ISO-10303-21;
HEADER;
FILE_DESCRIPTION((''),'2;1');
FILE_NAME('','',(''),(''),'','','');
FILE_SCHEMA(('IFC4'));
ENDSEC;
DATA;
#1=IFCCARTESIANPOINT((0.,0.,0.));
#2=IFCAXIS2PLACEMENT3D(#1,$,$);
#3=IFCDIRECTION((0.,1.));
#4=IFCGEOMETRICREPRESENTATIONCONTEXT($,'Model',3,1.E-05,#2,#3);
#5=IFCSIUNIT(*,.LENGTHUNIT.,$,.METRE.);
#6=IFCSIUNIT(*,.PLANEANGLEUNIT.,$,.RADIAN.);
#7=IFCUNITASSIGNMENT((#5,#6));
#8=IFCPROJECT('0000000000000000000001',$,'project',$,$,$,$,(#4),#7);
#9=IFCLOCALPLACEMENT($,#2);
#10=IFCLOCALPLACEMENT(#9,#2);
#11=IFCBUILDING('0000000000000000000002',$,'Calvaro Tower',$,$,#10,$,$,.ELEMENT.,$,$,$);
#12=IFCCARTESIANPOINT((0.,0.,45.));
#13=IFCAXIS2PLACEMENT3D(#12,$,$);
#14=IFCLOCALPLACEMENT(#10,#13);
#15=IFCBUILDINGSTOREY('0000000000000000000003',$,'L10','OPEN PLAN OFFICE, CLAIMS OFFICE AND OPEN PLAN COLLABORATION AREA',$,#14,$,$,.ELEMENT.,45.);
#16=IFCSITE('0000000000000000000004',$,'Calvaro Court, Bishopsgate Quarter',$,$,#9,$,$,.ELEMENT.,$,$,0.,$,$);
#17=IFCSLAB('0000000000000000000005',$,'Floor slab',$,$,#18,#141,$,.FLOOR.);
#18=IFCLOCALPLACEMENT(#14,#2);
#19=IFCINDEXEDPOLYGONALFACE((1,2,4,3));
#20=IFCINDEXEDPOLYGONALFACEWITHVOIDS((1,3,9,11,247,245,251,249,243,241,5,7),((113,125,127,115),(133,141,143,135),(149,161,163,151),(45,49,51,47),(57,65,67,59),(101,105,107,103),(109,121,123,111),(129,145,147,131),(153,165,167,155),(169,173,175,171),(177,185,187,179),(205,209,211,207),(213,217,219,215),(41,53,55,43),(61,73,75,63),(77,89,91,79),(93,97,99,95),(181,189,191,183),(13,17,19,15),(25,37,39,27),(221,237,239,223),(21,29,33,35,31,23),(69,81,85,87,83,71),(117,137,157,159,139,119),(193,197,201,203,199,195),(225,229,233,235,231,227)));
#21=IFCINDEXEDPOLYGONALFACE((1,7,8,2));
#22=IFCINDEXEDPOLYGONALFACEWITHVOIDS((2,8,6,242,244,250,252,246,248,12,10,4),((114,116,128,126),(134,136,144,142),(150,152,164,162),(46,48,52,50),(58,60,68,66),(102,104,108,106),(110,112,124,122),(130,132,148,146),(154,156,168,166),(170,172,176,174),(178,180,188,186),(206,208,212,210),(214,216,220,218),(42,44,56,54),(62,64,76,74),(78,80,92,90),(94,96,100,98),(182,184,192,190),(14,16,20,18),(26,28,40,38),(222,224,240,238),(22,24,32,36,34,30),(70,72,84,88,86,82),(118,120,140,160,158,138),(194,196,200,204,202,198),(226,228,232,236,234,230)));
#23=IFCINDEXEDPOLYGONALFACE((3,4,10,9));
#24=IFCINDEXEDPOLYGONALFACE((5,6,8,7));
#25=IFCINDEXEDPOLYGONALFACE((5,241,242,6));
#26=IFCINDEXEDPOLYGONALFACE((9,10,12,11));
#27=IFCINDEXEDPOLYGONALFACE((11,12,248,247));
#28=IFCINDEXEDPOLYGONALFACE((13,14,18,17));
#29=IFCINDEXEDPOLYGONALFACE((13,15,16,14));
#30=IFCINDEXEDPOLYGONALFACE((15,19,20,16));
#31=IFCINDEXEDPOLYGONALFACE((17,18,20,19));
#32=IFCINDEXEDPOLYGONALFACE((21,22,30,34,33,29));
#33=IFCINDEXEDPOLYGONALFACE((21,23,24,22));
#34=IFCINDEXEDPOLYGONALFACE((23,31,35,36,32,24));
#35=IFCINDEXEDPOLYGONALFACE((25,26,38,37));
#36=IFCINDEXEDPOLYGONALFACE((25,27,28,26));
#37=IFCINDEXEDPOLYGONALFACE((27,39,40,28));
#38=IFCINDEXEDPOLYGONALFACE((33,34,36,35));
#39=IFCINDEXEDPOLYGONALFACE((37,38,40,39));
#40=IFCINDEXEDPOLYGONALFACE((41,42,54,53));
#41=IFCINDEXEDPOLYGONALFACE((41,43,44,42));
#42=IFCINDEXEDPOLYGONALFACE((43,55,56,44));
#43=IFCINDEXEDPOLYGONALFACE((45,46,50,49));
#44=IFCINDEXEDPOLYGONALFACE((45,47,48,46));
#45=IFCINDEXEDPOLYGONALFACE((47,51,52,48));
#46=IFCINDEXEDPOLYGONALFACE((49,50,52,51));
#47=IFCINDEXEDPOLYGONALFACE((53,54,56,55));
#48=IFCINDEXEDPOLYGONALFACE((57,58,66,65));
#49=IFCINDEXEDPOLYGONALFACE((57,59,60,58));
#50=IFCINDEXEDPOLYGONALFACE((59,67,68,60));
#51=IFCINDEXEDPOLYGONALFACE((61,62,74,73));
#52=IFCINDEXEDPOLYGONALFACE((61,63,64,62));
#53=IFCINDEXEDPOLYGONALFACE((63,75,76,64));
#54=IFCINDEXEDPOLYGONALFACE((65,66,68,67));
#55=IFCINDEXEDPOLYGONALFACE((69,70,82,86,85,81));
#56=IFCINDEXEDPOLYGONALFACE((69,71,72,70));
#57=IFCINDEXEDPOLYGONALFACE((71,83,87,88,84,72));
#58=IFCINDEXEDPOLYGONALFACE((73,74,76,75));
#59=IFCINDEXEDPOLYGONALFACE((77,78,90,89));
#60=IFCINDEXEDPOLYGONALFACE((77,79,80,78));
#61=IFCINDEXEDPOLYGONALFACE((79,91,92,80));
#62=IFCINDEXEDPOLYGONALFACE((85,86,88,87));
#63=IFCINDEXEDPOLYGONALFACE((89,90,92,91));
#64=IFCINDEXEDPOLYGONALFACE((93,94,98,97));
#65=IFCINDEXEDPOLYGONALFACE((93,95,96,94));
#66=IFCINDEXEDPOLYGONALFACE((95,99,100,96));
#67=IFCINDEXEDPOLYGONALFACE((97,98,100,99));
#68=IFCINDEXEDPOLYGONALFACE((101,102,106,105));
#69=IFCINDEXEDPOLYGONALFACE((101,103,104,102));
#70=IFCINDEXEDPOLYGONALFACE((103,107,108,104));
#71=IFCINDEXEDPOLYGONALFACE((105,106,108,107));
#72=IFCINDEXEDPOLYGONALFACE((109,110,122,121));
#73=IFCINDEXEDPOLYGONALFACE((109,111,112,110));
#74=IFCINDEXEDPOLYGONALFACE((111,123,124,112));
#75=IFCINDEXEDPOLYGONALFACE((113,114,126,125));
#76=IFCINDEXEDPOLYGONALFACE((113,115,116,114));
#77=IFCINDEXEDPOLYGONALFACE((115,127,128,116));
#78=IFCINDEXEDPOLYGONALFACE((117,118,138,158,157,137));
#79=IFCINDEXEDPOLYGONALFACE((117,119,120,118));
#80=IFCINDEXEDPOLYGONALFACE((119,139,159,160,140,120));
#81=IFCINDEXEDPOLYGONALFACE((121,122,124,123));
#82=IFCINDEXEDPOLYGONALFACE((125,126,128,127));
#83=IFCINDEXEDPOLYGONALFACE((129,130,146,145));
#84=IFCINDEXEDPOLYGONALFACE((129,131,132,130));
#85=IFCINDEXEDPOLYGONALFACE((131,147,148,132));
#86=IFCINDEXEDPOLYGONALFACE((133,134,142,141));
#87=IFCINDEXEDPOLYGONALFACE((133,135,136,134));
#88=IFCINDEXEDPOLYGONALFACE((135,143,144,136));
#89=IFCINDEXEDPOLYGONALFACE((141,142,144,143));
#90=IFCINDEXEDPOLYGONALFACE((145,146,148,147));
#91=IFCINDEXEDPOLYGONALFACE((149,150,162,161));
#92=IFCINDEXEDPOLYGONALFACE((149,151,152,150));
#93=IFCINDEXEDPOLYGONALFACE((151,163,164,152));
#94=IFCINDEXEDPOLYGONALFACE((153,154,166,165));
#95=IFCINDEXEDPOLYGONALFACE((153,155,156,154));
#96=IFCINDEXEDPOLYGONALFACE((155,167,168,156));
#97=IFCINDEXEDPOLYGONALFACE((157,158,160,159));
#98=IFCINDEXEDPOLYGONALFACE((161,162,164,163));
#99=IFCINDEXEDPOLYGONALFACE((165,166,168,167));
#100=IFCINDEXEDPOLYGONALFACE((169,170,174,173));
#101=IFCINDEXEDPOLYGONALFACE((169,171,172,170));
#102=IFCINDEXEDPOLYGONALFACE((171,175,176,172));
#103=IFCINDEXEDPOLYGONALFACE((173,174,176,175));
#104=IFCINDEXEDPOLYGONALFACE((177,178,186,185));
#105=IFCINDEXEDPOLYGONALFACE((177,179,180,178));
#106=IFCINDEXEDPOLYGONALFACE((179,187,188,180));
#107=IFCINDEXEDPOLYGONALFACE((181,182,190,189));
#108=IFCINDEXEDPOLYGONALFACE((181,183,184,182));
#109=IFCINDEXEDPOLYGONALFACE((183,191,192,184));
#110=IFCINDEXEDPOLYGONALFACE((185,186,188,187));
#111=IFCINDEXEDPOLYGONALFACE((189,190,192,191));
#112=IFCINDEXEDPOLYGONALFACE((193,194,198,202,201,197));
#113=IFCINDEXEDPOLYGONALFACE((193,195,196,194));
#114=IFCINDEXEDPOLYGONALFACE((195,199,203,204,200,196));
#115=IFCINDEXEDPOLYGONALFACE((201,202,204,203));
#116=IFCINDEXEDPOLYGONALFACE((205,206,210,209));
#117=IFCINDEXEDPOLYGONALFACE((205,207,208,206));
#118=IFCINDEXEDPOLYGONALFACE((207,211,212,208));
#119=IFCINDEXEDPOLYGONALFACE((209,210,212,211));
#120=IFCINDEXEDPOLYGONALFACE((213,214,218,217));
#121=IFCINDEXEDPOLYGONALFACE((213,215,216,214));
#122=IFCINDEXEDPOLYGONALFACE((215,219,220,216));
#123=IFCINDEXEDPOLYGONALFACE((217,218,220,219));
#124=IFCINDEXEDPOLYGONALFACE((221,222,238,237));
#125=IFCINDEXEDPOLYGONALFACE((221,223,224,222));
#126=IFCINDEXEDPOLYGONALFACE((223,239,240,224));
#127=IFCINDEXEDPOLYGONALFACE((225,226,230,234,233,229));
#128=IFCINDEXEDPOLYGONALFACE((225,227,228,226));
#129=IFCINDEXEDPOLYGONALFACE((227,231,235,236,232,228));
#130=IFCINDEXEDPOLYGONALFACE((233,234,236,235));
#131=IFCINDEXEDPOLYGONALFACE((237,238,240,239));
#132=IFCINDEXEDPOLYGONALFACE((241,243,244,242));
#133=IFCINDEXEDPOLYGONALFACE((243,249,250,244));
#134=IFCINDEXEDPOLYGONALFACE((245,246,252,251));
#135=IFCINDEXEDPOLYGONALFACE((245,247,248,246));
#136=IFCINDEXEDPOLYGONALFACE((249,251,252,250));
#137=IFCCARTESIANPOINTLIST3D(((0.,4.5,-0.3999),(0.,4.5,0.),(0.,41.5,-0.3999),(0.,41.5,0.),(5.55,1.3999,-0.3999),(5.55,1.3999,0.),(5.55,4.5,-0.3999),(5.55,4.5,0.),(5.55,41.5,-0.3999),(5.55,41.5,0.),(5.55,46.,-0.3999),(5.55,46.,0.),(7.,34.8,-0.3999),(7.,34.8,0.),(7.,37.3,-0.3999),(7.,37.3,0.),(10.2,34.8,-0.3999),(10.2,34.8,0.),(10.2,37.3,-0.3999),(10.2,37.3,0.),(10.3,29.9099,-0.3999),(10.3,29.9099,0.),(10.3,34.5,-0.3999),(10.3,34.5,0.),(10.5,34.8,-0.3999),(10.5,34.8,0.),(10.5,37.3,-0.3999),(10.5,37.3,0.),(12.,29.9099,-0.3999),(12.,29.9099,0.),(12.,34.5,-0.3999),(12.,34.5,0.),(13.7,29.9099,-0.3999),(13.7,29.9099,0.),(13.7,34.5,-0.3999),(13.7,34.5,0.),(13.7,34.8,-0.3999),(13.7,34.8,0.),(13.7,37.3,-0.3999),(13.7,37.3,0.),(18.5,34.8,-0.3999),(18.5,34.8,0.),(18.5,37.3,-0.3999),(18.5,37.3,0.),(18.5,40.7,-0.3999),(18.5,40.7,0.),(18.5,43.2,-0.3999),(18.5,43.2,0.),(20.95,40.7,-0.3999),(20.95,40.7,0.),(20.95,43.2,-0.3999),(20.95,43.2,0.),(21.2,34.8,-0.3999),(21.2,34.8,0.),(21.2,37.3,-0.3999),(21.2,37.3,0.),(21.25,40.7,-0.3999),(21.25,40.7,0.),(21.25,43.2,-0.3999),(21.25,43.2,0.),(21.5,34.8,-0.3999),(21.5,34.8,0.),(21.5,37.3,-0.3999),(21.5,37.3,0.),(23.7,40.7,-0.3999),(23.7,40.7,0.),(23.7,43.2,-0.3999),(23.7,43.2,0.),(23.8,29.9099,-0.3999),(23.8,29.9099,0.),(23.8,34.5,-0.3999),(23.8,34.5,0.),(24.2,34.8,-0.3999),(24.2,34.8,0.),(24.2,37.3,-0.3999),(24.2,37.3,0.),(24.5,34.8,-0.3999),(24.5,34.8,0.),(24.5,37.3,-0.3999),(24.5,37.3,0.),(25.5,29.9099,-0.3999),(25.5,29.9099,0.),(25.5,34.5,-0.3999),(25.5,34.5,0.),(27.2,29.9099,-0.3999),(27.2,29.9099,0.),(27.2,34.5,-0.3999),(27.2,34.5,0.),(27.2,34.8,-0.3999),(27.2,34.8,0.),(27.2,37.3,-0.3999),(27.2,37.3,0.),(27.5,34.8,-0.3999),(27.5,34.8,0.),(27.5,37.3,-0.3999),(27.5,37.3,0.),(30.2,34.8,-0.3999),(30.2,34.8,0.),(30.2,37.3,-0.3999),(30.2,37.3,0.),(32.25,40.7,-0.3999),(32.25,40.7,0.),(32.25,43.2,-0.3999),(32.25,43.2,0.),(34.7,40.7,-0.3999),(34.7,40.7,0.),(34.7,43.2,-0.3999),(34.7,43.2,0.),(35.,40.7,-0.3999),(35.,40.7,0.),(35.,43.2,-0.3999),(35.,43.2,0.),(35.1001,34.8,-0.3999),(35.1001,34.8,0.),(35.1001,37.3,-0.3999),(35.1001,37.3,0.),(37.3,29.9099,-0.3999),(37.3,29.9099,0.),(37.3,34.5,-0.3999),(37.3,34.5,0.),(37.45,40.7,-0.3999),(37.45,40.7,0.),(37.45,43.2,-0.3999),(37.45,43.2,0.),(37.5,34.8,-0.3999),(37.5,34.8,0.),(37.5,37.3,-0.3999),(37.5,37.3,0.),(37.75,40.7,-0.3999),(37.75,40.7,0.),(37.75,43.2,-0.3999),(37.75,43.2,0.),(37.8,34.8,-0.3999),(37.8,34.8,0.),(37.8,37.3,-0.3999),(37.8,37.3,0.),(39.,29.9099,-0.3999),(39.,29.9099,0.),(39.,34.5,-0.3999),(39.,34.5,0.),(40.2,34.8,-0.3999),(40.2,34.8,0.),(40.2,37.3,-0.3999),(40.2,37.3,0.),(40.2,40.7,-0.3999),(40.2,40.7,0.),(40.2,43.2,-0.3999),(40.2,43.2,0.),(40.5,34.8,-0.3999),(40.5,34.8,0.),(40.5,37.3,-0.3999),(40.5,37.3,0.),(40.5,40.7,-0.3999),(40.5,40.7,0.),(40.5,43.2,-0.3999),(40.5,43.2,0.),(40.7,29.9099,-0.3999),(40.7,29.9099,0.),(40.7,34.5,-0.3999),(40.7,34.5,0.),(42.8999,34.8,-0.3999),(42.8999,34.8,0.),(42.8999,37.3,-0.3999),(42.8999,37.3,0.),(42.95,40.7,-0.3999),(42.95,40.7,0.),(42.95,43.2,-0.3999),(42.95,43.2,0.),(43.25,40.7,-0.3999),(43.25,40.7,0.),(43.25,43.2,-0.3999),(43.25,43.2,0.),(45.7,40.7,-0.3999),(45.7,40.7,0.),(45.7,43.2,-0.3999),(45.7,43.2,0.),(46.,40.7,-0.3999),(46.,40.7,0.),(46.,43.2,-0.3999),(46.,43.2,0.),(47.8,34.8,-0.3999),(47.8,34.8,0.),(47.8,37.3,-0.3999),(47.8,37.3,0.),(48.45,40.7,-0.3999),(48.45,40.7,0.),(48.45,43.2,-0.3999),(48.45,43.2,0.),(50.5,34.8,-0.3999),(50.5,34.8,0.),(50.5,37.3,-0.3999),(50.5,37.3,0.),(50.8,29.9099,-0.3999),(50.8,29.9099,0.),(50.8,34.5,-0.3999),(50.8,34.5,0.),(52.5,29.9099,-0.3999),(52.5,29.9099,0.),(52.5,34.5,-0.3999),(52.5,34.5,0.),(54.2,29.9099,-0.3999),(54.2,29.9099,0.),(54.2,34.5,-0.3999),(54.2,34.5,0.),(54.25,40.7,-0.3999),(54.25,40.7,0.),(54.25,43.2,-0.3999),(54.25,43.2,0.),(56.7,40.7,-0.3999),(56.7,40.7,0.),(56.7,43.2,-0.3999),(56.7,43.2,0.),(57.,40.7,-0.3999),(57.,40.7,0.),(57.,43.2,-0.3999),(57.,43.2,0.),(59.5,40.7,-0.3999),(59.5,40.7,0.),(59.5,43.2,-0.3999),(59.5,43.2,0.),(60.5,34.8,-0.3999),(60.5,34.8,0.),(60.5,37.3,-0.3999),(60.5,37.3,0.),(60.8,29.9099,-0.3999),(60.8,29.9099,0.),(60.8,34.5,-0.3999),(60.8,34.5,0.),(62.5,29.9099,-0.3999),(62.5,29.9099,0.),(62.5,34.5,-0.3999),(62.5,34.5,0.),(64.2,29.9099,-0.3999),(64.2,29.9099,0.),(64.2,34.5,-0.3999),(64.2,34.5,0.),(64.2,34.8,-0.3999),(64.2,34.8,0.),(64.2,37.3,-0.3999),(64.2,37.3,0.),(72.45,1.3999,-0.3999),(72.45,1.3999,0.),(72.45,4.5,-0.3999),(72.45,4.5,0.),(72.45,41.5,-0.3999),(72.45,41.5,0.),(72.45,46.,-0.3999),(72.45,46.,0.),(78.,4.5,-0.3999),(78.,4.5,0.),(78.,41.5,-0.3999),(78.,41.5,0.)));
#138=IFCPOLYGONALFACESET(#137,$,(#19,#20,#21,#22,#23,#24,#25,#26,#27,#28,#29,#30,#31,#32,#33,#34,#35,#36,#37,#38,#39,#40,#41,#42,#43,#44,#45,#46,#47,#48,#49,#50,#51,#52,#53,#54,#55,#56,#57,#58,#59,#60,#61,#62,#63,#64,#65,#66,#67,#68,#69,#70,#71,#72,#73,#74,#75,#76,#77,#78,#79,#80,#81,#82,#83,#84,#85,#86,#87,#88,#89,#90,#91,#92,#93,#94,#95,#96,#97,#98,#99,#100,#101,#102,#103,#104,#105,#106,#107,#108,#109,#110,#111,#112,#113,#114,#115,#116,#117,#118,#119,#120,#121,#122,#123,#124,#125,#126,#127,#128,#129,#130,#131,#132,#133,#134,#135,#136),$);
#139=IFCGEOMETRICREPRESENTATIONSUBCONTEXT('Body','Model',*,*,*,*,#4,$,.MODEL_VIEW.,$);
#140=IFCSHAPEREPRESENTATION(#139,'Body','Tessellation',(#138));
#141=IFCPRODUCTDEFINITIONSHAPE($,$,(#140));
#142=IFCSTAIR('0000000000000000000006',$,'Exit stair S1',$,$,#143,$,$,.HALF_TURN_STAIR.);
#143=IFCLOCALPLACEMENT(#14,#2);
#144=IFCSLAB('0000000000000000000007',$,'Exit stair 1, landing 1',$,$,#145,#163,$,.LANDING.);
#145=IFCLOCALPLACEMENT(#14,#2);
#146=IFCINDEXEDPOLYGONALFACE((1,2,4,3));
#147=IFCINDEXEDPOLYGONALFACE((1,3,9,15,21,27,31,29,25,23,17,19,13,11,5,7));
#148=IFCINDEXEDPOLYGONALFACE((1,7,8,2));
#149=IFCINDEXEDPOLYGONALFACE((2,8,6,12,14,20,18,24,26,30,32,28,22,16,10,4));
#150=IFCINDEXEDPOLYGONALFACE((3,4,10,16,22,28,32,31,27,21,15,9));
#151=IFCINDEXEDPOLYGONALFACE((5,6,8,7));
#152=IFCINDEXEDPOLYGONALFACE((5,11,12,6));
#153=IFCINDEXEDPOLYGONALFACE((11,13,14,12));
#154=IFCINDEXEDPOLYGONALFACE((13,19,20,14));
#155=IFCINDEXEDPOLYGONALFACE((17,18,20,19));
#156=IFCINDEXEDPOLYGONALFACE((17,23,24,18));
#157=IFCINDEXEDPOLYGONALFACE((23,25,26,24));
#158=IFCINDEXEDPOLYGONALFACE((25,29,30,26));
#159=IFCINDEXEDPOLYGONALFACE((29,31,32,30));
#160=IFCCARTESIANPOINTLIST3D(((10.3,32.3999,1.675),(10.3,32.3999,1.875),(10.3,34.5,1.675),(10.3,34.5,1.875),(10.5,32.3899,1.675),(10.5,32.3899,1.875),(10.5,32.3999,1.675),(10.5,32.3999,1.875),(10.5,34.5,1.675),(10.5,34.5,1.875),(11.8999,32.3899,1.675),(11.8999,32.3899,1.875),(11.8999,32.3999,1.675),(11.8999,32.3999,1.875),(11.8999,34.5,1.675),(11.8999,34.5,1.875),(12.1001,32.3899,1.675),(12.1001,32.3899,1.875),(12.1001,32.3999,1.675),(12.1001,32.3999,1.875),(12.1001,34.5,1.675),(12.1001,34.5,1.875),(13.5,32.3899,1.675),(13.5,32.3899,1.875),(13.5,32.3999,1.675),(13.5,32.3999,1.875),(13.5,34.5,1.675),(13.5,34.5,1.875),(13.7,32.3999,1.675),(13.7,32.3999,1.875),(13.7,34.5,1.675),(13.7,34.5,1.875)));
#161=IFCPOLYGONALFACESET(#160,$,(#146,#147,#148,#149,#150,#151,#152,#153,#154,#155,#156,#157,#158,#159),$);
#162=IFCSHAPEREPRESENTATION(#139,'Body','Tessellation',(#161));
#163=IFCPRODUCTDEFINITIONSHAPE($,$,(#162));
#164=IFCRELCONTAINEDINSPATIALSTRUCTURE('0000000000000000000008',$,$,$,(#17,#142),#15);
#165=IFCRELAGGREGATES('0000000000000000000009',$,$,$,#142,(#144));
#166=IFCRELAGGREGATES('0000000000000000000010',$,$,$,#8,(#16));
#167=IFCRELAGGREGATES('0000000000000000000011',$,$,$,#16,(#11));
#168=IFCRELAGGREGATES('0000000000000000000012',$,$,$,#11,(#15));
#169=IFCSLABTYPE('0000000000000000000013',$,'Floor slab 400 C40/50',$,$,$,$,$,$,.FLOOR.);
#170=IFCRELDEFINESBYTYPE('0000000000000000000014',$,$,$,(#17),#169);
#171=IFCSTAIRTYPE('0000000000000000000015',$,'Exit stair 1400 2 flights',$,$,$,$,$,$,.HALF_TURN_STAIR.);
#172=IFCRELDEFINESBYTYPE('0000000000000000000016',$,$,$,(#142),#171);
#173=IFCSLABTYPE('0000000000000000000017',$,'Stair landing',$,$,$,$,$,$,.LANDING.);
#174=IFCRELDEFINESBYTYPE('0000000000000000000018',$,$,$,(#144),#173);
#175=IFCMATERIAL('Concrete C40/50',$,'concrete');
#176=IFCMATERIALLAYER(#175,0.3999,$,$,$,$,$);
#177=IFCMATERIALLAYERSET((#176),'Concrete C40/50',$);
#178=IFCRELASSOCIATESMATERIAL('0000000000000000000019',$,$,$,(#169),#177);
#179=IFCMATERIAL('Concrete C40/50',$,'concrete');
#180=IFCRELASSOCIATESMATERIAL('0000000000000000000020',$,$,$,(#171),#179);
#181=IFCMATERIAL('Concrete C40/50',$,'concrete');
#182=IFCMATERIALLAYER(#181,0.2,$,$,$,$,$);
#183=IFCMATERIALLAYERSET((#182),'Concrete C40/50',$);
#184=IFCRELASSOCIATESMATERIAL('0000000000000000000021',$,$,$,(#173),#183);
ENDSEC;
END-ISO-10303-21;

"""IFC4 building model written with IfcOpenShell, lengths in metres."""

from ifc_helpers import new_model, si_unit, direction, frame, origin, place, context, subcontext, project, spatial, polyline, outline, extrude, material, layer, layer_set, type_object, element, aggregate, save


model = new_model("IFC4")

# Units and contexts
model_context = context("Model", 3, precision=1e-05, world=origin(), true_north=direction((0.0, 1.0)))
body_context = subcontext(model_context, "Body", "Model", "MODEL_VIEW")
ifc_project = project(units=[si_unit("LENGTHUNIT", "METRE"), si_unit("PLANEANGLEUNIT", "RADIAN")], contexts=[model_context])

# Site, building, storey
site_placement = place(None, origin())
site = spatial("IfcSite", under=ifc_project, at=site_placement, Name="Calvaro Court, Bishopsgate Quarter", CompositionType="ELEMENT", RefElevation=0.0)
building_placement = place(site_placement, origin())
building = spatial("IfcBuilding", under=site, at=building_placement, Name="Calvaro Tower", CompositionType="ELEMENT")
storey_placement = place(building_placement, frame((0.0, 0.0, 45.0)))
storey = spatial("IfcBuildingStorey", under=building, at=storey_placement, Name="L10", Description="OPEN PLAN OFFICE, CLAIMS OFFICE AND OPEN PLAN COLLABORATION AREA", CompositionType="ELEMENT", Elevation=45.0)

# Slab
ifc_material_1 = material(Name="Concrete C40/50", Category="concrete")
ifc_layer_1 = layer(ifc_material_1, 0.3999)
ifc_layer_set_1 = layer_set([ifc_layer_1], Name="Concrete C40/50")
slab_type_1 = type_object("IfcSlabType", Name="Floor slab 400 C40/50", PredefinedType="FLOOR", material=ifc_layer_set_1)
slab_1_placement = place(storey_placement, frame((0.0, 0.0, -0.3999)))
element("IfcSlab", 1, at=slab_1_placement, inside=storey, type_object=slab_type_1, Name="Floor slab", PredefinedType="FLOOR", context=body_context, shape_type="SweptSolid", body=[
    extrude(outline(polyline([(72.45, 4.5), (72.45, 1.3999), (5.55, 1.3999), (5.55, 4.5), (0.0, 4.5), (0.0, 41.5), (5.55, 41.5), (5.55, 46.0), (72.45, 46.0), (72.45, 41.5), (78.0, 41.5), (78.0, 4.5), (72.45, 4.5)]), holes=[polyline([(10.3, 29.9099), (10.3, 34.5), (12.0, 34.5), (13.7, 34.5), (13.7, 29.9099), (12.0, 29.9099), (10.3, 29.9099)]), polyline([(23.8, 29.9099), (23.8, 34.5), (25.5, 34.5), (27.2, 34.5), (27.2, 29.9099), (25.5, 29.9099), (23.8, 29.9099)]), polyline([(37.3, 29.9099), (37.3, 34.5), (39.0, 34.5), (40.7, 34.5), (40.7, 29.9099), (39.0, 29.9099), (37.3, 29.9099)]), polyline([(50.8, 29.9099), (50.8, 34.5), (52.5, 34.5), (54.2, 34.5), (54.2, 29.9099), (52.5, 29.9099), (50.8, 29.9099)]), polyline([(60.8, 29.9099), (60.8, 34.5), (62.5, 34.5), (64.2, 34.5), (64.2, 29.9099), (62.5, 29.9099), (60.8, 29.9099)]), polyline([(18.5, 34.8), (21.2, 34.8), (21.2, 37.3), (18.5, 37.3), (18.5, 34.8)]), polyline([(21.5, 34.8), (24.2, 34.8), (24.2, 37.3), (21.5, 37.3), (21.5, 34.8)]), polyline([(24.5, 34.8), (27.2, 34.8), (27.2, 37.3), (24.5, 37.3), (24.5, 34.8)]), polyline([(35.1001, 34.8), (37.5, 34.8), (37.5, 37.3), (35.1001, 37.3), (35.1001, 34.8)]), polyline([(37.8, 34.8), (40.2, 34.8), (40.2, 37.3), (37.8, 37.3), (37.8, 34.8)]), polyline([(40.5, 34.8), (42.8999, 34.8), (42.8999, 37.3), (40.5, 37.3), (40.5, 34.8)]), polyline([(18.5, 40.7), (20.95, 40.7), (20.95, 43.2), (18.5, 43.2), (18.5, 40.7)]), polyline([(21.25, 40.7), (23.7, 40.7), (23.7, 43.2), (21.25, 43.2), (21.25, 40.7)]), polyline([(32.25, 40.7), (34.7, 40.7), (34.7, 43.2), (32.25, 43.2), (32.25, 40.7)]), polyline([(35.0, 40.7), (37.45, 40.7), (37.45, 43.2), (35.0, 43.2), (35.0, 40.7)]), polyline([(37.75, 40.7), (40.2, 40.7), (40.2, 43.2), (37.75, 43.2), (37.75, 40.7)]), polyline([(40.5, 40.7), (42.95, 40.7), (42.95, 43.2), (40.5, 43.2), (40.5, 40.7)]), polyline([(43.25, 40.7), (45.7, 40.7), (45.7, 43.2), (43.25, 43.2), (43.25, 40.7)]), polyline([(46.0, 40.7), (48.45, 40.7), (48.45, 43.2), (46.0, 43.2), (46.0, 40.7)]), polyline([(54.25, 40.7), (56.7, 40.7), (56.7, 43.2), (54.25, 43.2), (54.25, 40.7)]), polyline([(57.0, 40.7), (59.5, 40.7), (59.5, 43.2), (57.0, 43.2), (57.0, 40.7)]), polyline([(7.0, 34.8), (10.2, 34.8), (10.2, 37.3), (7.0, 37.3), (7.0, 34.8)]), polyline([(10.5, 34.8), (13.7, 34.8), (13.7, 37.3), (10.5, 37.3), (10.5, 34.8)]), polyline([(60.5, 34.8), (64.2, 34.8), (64.2, 37.3), (60.5, 37.3), (60.5, 34.8)]), polyline([(27.5, 34.8), (30.2, 34.8), (30.2, 37.3), (27.5, 37.3), (27.5, 34.8)]), polyline([(47.8, 34.8), (50.5, 34.8), (50.5, 37.3), (47.8, 37.3), (47.8, 34.8)])]), origin(), (0.0, 0.0, 1.0), 0.3999),
])

# Stair, slab
ifc_material_2 = material(Name="Concrete C40/50", Category="concrete")
stair_type = type_object("IfcStairType", Name="Exit stair 1400 2 flights", PredefinedType="HALF_TURN_STAIR", material=ifc_material_2)
stair_1_placement = place(storey_placement, origin())
stair_1 = element("IfcStair", 2, at=stair_1_placement, inside=storey, type_object=stair_type, Name="Exit stair S1", PredefinedType="HALF_TURN_STAIR")
ifc_material_3 = material(Name="Concrete C40/50", Category="concrete")
ifc_layer_2 = layer(ifc_material_3, 0.2)
ifc_layer_set_2 = layer_set([ifc_layer_2], Name="Concrete C40/50")
slab_type_2 = type_object("IfcSlabType", Name="Stair landing", PredefinedType="LANDING", material=ifc_layer_set_2)
slab_2_placement = place(storey_placement, frame((0.0, 0.0, 1.675)))
slab_2 = element("IfcSlab", 3, at=slab_2_placement, type_object=slab_type_2, Name="Exit stair 1, landing 1", PredefinedType="LANDING", context=body_context, shape_type="SweptSolid", body=[
    extrude(outline(polyline([(11.8999, 32.3899), (10.5, 32.3899), (10.5, 32.3999), (10.3, 32.3999), (10.3, 34.5), (10.5, 34.5), (11.8999, 34.5), (12.1001, 34.5), (13.5, 34.5), (13.7, 34.5), (13.7, 32.3999), (13.5, 32.3999), (13.5, 32.3899), (12.1001, 32.3899), (12.1001, 32.3999), (11.8999, 32.3999), (11.8999, 32.3899)])), origin(), (0.0, 0.0, 1.0), 0.2),
])
aggregate(stair_1, [slab_2])

save(model, "model.ifc")
